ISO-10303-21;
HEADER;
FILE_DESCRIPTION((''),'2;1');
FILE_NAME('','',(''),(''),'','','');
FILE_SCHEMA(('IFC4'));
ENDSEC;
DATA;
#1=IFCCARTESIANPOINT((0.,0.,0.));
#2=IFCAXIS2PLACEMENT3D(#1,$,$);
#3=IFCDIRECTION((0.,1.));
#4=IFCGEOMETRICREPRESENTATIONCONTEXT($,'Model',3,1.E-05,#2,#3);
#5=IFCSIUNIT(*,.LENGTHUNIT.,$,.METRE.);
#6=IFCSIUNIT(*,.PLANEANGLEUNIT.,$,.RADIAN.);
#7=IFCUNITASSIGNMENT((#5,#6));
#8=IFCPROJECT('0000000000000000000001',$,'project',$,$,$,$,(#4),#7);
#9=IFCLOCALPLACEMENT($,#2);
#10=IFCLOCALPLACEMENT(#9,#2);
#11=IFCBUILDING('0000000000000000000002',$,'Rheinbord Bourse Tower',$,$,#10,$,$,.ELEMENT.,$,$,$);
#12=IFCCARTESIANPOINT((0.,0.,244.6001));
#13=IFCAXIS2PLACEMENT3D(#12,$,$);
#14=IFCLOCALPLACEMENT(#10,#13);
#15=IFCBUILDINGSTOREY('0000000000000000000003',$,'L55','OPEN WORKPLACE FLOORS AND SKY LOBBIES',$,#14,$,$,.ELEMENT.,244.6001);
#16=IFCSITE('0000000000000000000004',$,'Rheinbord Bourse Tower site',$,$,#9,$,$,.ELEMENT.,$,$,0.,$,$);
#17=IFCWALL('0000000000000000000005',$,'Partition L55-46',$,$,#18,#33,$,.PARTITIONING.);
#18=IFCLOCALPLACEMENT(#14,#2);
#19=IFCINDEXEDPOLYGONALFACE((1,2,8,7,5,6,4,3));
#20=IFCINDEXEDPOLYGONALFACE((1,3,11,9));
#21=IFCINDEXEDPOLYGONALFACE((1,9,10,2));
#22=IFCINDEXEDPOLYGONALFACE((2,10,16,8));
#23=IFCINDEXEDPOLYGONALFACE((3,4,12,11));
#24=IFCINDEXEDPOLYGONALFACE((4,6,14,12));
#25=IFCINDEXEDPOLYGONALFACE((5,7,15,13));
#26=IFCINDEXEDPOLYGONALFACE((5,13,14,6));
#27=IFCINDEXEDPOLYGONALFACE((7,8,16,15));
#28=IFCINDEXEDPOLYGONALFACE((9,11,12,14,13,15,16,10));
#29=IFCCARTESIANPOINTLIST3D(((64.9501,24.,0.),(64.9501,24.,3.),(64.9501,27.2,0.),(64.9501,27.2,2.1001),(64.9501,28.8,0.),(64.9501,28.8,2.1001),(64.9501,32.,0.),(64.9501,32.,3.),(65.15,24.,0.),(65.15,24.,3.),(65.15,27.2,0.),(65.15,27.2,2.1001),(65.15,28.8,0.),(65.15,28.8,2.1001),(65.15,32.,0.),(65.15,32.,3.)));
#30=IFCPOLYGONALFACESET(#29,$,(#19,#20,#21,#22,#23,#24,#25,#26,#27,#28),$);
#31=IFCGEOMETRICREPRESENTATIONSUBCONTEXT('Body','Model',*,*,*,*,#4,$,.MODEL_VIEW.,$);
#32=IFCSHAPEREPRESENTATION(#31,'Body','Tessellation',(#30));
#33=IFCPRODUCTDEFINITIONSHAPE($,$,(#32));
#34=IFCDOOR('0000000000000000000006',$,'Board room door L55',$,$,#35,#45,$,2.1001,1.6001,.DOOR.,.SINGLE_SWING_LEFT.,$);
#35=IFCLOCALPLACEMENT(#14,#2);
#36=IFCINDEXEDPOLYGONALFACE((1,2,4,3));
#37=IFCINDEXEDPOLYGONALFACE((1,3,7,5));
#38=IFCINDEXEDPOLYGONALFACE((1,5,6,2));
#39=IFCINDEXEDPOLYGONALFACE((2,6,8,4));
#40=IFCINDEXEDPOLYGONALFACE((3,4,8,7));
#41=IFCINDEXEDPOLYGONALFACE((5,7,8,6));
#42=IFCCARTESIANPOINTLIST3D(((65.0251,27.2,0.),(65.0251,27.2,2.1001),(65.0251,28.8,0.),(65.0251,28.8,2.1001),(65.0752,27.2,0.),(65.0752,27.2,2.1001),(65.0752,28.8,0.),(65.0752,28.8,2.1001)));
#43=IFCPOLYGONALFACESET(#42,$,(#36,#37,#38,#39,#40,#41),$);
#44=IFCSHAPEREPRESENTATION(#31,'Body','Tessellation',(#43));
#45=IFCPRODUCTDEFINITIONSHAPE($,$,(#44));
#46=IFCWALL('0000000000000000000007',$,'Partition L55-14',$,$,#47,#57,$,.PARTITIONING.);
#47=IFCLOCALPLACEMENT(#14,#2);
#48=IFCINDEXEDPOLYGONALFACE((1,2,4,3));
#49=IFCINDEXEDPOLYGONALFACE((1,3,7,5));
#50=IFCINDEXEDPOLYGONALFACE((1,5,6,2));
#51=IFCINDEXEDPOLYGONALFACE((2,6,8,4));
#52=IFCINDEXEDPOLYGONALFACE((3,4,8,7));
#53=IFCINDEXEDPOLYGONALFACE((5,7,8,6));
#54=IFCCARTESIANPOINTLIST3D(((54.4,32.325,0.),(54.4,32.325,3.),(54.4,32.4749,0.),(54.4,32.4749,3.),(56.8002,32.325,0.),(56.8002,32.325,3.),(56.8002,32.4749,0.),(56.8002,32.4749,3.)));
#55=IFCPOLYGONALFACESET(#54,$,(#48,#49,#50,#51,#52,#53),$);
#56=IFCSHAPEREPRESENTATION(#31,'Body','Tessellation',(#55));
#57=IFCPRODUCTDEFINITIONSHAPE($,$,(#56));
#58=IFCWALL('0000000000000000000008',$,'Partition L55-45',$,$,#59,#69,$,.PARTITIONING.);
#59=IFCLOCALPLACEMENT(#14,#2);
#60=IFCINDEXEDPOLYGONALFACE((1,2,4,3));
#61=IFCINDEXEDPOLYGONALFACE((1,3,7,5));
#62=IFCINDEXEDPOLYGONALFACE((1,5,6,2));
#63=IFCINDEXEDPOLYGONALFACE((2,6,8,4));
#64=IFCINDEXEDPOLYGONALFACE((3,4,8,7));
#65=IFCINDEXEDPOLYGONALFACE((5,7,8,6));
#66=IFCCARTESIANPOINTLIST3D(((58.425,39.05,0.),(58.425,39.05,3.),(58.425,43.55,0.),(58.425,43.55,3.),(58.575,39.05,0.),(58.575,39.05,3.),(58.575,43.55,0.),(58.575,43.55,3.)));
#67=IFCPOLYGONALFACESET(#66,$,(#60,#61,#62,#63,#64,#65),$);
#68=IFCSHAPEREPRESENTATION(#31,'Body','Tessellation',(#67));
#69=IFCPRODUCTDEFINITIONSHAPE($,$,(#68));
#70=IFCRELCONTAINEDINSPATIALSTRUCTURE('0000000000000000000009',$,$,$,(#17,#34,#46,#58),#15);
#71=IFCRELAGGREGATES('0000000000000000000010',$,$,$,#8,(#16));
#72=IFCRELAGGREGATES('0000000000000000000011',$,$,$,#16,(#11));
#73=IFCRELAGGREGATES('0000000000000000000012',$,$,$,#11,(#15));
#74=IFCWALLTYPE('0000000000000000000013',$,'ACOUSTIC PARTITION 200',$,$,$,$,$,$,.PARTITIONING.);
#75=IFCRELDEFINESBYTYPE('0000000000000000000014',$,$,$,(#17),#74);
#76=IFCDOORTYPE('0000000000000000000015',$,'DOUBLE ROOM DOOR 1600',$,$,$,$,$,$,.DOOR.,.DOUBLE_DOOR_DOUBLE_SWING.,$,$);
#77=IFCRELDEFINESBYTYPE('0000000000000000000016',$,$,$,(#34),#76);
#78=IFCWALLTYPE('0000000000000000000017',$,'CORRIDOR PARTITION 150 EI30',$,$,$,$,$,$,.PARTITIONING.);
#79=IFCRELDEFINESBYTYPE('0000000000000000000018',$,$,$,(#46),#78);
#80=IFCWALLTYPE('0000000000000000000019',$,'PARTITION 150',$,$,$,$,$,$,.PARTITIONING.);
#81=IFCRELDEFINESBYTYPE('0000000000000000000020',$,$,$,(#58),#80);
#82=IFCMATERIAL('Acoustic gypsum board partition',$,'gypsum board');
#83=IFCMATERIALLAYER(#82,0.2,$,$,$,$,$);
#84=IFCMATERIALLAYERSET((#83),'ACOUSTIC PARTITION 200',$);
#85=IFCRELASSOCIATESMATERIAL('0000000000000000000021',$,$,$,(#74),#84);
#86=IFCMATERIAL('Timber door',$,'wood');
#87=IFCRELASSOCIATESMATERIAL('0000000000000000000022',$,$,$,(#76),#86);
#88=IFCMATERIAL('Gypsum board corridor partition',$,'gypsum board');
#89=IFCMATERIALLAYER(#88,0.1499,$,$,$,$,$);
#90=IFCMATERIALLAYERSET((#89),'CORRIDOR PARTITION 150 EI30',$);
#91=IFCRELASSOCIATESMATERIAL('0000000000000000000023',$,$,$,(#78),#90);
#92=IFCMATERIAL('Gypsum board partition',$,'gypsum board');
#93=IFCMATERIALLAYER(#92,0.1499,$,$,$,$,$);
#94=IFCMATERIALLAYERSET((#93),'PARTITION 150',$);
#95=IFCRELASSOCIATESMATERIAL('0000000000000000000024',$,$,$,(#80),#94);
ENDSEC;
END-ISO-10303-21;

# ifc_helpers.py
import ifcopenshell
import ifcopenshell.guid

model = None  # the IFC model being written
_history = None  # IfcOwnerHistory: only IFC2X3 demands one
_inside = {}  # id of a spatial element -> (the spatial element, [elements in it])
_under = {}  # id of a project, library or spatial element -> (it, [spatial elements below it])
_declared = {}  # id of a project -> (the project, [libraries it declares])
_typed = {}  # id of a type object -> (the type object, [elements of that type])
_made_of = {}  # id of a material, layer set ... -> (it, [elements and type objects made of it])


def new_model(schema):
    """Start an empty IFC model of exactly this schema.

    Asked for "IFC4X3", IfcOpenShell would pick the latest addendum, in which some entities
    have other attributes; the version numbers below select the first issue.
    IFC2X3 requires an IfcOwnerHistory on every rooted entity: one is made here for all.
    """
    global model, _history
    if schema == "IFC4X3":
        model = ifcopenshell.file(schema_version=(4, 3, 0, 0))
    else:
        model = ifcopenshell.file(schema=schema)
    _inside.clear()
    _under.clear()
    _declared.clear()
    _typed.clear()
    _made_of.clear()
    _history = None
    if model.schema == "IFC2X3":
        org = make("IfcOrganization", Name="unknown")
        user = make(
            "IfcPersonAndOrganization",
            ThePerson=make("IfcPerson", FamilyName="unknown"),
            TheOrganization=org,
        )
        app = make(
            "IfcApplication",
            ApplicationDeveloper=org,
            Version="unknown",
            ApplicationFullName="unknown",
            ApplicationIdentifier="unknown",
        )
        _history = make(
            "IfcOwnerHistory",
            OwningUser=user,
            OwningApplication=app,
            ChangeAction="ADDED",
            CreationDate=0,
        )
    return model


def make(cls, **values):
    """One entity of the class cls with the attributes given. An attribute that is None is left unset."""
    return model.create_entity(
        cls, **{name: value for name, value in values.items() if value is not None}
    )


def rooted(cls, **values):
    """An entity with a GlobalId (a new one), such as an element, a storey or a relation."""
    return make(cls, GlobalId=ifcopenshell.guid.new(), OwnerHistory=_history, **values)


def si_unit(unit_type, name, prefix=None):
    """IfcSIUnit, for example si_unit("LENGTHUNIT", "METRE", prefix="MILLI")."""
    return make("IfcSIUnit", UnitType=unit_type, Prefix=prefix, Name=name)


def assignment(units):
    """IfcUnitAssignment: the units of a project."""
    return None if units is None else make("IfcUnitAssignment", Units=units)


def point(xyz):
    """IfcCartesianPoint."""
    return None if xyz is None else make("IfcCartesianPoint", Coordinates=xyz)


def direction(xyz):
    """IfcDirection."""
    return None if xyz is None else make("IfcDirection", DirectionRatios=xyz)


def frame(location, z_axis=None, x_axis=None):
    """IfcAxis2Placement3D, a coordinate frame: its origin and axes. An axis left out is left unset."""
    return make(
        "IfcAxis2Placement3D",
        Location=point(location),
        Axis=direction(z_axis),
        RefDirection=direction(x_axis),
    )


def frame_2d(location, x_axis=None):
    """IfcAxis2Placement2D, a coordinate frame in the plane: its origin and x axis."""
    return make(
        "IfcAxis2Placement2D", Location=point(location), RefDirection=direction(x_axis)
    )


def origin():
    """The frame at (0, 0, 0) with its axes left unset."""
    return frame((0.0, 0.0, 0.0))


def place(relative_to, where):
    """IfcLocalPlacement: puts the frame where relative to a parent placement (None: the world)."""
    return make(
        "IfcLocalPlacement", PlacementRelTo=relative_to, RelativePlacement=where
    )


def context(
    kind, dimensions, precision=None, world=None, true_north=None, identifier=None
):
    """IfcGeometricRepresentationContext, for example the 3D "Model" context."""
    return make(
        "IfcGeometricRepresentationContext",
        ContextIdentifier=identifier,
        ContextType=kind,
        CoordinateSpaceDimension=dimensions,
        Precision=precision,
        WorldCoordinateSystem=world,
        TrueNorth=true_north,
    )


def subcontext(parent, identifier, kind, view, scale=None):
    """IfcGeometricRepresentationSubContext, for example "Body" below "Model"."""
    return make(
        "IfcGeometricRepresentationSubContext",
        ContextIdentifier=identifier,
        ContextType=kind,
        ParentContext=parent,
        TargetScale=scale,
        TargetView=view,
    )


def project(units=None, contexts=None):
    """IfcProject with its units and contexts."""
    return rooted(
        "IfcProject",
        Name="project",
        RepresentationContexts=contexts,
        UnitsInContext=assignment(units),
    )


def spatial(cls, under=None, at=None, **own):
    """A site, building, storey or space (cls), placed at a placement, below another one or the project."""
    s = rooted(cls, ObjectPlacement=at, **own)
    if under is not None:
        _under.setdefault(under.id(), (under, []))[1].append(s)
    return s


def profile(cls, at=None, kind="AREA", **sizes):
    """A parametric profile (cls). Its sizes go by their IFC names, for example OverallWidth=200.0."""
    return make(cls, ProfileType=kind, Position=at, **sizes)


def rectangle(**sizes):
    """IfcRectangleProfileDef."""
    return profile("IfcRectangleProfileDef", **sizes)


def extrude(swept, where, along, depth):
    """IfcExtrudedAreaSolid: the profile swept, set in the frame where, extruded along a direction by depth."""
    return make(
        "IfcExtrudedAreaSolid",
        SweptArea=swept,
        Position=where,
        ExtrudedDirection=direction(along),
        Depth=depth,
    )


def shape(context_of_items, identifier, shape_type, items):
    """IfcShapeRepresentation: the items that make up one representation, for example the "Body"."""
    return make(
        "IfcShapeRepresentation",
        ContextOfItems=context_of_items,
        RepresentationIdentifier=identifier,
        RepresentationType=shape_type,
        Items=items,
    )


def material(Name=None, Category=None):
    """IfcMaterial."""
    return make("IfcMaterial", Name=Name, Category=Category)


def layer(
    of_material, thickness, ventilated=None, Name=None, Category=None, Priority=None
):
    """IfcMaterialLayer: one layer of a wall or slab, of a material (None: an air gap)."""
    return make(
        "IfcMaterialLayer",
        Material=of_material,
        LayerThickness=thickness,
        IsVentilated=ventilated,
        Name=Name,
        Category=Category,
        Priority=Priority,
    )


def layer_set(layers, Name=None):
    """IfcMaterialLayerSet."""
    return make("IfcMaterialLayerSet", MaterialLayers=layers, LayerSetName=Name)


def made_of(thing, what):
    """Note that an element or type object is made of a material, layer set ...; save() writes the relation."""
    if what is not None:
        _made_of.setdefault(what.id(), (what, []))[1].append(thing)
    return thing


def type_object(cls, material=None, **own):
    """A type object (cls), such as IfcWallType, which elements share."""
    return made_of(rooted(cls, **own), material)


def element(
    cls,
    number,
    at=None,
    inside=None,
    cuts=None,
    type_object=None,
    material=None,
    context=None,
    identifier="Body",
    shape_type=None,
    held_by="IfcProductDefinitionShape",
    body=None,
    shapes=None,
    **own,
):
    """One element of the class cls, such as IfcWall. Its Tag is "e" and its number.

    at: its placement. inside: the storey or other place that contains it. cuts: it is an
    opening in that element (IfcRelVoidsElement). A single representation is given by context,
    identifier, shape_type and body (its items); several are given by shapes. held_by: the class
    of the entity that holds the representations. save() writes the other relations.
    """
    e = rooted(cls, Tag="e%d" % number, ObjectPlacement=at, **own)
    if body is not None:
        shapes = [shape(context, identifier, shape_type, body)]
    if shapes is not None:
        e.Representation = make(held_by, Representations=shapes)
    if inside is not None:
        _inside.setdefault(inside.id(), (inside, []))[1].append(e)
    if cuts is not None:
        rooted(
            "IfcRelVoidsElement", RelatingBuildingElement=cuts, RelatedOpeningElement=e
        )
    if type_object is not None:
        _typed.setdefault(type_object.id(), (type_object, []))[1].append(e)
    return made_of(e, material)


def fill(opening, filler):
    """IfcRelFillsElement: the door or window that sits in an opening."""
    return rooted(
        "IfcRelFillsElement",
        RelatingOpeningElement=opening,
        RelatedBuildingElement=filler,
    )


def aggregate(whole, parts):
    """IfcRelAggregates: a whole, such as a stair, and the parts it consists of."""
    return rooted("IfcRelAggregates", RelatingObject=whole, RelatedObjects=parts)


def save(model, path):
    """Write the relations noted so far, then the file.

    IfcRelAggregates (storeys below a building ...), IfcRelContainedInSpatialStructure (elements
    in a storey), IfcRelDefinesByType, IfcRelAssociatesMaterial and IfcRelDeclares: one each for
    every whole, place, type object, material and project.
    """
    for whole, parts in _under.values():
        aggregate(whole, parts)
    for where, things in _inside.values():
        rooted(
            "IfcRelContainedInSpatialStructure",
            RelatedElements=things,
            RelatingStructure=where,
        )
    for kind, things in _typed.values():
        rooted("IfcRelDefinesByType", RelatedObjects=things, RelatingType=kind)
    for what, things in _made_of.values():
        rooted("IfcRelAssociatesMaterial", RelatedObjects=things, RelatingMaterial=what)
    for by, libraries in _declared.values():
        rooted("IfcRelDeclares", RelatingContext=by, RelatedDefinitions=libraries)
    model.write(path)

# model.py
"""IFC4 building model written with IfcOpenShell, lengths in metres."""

from ifc_helpers import new_model, si_unit, direction, frame, frame_2d, origin, place, context, subcontext, project, spatial, rectangle, extrude, material, layer, layer_set, type_object, element, fill, save


model = new_model("IFC4")

# Units and contexts
model_context = context("Model", 3, precision=1e-05, world=origin(), true_north=direction((0.0, 1.0)))
body_context = subcontext(model_context, "Body", "Model", "MODEL_VIEW")
ifc_project = project(units=[si_unit("LENGTHUNIT", "METRE"), si_unit("PLANEANGLEUNIT", "RADIAN")], contexts=[model_context])

# Site, building, storey
site_placement = place(None, origin())
site = spatial("IfcSite", under=ifc_project, at=site_placement, Name="Rheinbord Bourse Tower site", CompositionType="ELEMENT", RefElevation=0.0)
building_placement = place(site_placement, origin())
building = spatial("IfcBuilding", under=site, at=building_placement, Name="Rheinbord Bourse Tower", CompositionType="ELEMENT")
storey_placement = place(building_placement, frame((0.0, 0.0, 244.6001)))
storey = spatial("IfcBuildingStorey", under=building, at=storey_placement, Name="L55", Description="OPEN WORKPLACE FLOORS AND SKY LOBBIES", CompositionType="ELEMENT", Elevation=244.6001)

# Shared definitions
ifc_material_1 = material(Name="Acoustic gypsum board partition", Category="gypsum board")
ifc_layer_1 = layer(ifc_material_1, 0.2)
ifc_layer_set_1 = layer_set([ifc_layer_1], Name="ACOUSTIC PARTITION 200")
wall_type_1 = type_object("IfcWallType", Name="ACOUSTIC PARTITION 200", PredefinedType="PARTITIONING", material=ifc_layer_set_1)

# Wall, opening, door
wall_1_placement = place(storey_placement, frame((65.05, 24.0, 0.0), z_axis=(0.0, 0.0, 1.0), x_axis=(0.0, 1.0, 0.0)))
wall_1 = element("IfcWall", 1, at=wall_1_placement, inside=storey, type_object=wall_type_1, Name="Partition L55-46", PredefinedType="PARTITIONING", context=body_context, shape_type="SweptSolid", body=[
    extrude(rectangle(XDim=8.0, YDim=0.2, at=frame_2d((4.0, 0.0))), origin(), (0.0, 0.0, 1.0), 3.0),
])
opening_placement = place(wall_1_placement, frame((3.2, 0.0, 0.0)))
opening = element("IfcOpeningElement", 2, at=opening_placement, cuts=wall_1, PredefinedType="OPENING", context=body_context, shape_type="SweptSolid", body=[
    extrude(rectangle(XDim=1.6001, YDim=2.1001, at=frame_2d((0.8, 1.05))), frame((0.0, 0.1099, 0.0), z_axis=(0.0, -1.0, 0.0), x_axis=(1.0, 0.0, 0.0)), (0.0, 0.0, 1.0), 0.22),
])
ifc_material_2 = material(Name="Timber door", Category="wood")
door_type = type_object("IfcDoorType", Name="DOUBLE ROOM DOOR 1600", OperationType="DOUBLE_DOOR_DOUBLE_SWING", PredefinedType="DOOR", material=ifc_material_2)
door_placement = place(opening_placement, origin())
door = element("IfcDoor", 3, at=door_placement, inside=storey, type_object=door_type, Name="Board room door L55", OperationType="SINGLE_SWING_LEFT", OverallHeight=2.1001, OverallWidth=1.6001, PredefinedType="DOOR", context=body_context, shape_type="SweptSolid", body=[
    extrude(rectangle(XDim=1.6001, YDim=2.1001, at=frame_2d((0.8, 1.05))), frame((0.0, 0.0249, 0.0), z_axis=(0.0, -1.0, 0.0), x_axis=(1.0, 0.0, 0.0)), (0.0, 0.0, 1.0), 0.05),
])
fill(opening, door)

# Walls
ifc_material_3 = material(Name="Gypsum board corridor partition", Category="gypsum board")
ifc_layer_2 = layer(ifc_material_3, 0.1499)
ifc_layer_set_2 = layer_set([ifc_layer_2], Name="CORRIDOR PARTITION 150 EI30")
wall_type_2 = type_object("IfcWallType", Name="CORRIDOR PARTITION 150 EI30", PredefinedType="PARTITIONING", material=ifc_layer_set_2)
wall_2_placement = place(storey_placement, frame((54.3999, 32.3999, 0.0), z_axis=(0.0, 0.0, 1.0), x_axis=(1.0, 0.0, 0.0)))
element("IfcWall", 4, at=wall_2_placement, inside=storey, type_object=wall_type_2, Name="Partition L55-14", PredefinedType="PARTITIONING", context=body_context, shape_type="SweptSolid", body=[
    extrude(rectangle(XDim=2.4001, YDim=0.1499, at=frame_2d((1.2002, 0.0))), origin(), (0.0, 0.0, 1.0), 3.0),
])
ifc_material_4 = material(Name="Gypsum board partition", Category="gypsum board")
ifc_layer_3 = layer(ifc_material_4, 0.1499)
ifc_layer_set_3 = layer_set([ifc_layer_3], Name="PARTITION 150")
wall_type_3 = type_object("IfcWallType", Name="PARTITION 150", PredefinedType="PARTITIONING", material=ifc_layer_set_3)
wall_3_placement = place(storey_placement, frame((58.5, 39.05, 0.0), z_axis=(0.0, 0.0, 1.0), x_axis=(0.0, 1.0, 0.0)))
element("IfcWall", 5, at=wall_3_placement, inside=storey, type_object=wall_type_3, Name="Partition L55-45", PredefinedType="PARTITIONING", context=body_context, shape_type="SweptSolid", body=[
    extrude(rectangle(XDim=4.5, YDim=0.1499, at=frame_2d((2.25, 0.0))), origin(), (0.0, 0.0, 1.0), 3.0),
])

save(model, "model.ifc")
